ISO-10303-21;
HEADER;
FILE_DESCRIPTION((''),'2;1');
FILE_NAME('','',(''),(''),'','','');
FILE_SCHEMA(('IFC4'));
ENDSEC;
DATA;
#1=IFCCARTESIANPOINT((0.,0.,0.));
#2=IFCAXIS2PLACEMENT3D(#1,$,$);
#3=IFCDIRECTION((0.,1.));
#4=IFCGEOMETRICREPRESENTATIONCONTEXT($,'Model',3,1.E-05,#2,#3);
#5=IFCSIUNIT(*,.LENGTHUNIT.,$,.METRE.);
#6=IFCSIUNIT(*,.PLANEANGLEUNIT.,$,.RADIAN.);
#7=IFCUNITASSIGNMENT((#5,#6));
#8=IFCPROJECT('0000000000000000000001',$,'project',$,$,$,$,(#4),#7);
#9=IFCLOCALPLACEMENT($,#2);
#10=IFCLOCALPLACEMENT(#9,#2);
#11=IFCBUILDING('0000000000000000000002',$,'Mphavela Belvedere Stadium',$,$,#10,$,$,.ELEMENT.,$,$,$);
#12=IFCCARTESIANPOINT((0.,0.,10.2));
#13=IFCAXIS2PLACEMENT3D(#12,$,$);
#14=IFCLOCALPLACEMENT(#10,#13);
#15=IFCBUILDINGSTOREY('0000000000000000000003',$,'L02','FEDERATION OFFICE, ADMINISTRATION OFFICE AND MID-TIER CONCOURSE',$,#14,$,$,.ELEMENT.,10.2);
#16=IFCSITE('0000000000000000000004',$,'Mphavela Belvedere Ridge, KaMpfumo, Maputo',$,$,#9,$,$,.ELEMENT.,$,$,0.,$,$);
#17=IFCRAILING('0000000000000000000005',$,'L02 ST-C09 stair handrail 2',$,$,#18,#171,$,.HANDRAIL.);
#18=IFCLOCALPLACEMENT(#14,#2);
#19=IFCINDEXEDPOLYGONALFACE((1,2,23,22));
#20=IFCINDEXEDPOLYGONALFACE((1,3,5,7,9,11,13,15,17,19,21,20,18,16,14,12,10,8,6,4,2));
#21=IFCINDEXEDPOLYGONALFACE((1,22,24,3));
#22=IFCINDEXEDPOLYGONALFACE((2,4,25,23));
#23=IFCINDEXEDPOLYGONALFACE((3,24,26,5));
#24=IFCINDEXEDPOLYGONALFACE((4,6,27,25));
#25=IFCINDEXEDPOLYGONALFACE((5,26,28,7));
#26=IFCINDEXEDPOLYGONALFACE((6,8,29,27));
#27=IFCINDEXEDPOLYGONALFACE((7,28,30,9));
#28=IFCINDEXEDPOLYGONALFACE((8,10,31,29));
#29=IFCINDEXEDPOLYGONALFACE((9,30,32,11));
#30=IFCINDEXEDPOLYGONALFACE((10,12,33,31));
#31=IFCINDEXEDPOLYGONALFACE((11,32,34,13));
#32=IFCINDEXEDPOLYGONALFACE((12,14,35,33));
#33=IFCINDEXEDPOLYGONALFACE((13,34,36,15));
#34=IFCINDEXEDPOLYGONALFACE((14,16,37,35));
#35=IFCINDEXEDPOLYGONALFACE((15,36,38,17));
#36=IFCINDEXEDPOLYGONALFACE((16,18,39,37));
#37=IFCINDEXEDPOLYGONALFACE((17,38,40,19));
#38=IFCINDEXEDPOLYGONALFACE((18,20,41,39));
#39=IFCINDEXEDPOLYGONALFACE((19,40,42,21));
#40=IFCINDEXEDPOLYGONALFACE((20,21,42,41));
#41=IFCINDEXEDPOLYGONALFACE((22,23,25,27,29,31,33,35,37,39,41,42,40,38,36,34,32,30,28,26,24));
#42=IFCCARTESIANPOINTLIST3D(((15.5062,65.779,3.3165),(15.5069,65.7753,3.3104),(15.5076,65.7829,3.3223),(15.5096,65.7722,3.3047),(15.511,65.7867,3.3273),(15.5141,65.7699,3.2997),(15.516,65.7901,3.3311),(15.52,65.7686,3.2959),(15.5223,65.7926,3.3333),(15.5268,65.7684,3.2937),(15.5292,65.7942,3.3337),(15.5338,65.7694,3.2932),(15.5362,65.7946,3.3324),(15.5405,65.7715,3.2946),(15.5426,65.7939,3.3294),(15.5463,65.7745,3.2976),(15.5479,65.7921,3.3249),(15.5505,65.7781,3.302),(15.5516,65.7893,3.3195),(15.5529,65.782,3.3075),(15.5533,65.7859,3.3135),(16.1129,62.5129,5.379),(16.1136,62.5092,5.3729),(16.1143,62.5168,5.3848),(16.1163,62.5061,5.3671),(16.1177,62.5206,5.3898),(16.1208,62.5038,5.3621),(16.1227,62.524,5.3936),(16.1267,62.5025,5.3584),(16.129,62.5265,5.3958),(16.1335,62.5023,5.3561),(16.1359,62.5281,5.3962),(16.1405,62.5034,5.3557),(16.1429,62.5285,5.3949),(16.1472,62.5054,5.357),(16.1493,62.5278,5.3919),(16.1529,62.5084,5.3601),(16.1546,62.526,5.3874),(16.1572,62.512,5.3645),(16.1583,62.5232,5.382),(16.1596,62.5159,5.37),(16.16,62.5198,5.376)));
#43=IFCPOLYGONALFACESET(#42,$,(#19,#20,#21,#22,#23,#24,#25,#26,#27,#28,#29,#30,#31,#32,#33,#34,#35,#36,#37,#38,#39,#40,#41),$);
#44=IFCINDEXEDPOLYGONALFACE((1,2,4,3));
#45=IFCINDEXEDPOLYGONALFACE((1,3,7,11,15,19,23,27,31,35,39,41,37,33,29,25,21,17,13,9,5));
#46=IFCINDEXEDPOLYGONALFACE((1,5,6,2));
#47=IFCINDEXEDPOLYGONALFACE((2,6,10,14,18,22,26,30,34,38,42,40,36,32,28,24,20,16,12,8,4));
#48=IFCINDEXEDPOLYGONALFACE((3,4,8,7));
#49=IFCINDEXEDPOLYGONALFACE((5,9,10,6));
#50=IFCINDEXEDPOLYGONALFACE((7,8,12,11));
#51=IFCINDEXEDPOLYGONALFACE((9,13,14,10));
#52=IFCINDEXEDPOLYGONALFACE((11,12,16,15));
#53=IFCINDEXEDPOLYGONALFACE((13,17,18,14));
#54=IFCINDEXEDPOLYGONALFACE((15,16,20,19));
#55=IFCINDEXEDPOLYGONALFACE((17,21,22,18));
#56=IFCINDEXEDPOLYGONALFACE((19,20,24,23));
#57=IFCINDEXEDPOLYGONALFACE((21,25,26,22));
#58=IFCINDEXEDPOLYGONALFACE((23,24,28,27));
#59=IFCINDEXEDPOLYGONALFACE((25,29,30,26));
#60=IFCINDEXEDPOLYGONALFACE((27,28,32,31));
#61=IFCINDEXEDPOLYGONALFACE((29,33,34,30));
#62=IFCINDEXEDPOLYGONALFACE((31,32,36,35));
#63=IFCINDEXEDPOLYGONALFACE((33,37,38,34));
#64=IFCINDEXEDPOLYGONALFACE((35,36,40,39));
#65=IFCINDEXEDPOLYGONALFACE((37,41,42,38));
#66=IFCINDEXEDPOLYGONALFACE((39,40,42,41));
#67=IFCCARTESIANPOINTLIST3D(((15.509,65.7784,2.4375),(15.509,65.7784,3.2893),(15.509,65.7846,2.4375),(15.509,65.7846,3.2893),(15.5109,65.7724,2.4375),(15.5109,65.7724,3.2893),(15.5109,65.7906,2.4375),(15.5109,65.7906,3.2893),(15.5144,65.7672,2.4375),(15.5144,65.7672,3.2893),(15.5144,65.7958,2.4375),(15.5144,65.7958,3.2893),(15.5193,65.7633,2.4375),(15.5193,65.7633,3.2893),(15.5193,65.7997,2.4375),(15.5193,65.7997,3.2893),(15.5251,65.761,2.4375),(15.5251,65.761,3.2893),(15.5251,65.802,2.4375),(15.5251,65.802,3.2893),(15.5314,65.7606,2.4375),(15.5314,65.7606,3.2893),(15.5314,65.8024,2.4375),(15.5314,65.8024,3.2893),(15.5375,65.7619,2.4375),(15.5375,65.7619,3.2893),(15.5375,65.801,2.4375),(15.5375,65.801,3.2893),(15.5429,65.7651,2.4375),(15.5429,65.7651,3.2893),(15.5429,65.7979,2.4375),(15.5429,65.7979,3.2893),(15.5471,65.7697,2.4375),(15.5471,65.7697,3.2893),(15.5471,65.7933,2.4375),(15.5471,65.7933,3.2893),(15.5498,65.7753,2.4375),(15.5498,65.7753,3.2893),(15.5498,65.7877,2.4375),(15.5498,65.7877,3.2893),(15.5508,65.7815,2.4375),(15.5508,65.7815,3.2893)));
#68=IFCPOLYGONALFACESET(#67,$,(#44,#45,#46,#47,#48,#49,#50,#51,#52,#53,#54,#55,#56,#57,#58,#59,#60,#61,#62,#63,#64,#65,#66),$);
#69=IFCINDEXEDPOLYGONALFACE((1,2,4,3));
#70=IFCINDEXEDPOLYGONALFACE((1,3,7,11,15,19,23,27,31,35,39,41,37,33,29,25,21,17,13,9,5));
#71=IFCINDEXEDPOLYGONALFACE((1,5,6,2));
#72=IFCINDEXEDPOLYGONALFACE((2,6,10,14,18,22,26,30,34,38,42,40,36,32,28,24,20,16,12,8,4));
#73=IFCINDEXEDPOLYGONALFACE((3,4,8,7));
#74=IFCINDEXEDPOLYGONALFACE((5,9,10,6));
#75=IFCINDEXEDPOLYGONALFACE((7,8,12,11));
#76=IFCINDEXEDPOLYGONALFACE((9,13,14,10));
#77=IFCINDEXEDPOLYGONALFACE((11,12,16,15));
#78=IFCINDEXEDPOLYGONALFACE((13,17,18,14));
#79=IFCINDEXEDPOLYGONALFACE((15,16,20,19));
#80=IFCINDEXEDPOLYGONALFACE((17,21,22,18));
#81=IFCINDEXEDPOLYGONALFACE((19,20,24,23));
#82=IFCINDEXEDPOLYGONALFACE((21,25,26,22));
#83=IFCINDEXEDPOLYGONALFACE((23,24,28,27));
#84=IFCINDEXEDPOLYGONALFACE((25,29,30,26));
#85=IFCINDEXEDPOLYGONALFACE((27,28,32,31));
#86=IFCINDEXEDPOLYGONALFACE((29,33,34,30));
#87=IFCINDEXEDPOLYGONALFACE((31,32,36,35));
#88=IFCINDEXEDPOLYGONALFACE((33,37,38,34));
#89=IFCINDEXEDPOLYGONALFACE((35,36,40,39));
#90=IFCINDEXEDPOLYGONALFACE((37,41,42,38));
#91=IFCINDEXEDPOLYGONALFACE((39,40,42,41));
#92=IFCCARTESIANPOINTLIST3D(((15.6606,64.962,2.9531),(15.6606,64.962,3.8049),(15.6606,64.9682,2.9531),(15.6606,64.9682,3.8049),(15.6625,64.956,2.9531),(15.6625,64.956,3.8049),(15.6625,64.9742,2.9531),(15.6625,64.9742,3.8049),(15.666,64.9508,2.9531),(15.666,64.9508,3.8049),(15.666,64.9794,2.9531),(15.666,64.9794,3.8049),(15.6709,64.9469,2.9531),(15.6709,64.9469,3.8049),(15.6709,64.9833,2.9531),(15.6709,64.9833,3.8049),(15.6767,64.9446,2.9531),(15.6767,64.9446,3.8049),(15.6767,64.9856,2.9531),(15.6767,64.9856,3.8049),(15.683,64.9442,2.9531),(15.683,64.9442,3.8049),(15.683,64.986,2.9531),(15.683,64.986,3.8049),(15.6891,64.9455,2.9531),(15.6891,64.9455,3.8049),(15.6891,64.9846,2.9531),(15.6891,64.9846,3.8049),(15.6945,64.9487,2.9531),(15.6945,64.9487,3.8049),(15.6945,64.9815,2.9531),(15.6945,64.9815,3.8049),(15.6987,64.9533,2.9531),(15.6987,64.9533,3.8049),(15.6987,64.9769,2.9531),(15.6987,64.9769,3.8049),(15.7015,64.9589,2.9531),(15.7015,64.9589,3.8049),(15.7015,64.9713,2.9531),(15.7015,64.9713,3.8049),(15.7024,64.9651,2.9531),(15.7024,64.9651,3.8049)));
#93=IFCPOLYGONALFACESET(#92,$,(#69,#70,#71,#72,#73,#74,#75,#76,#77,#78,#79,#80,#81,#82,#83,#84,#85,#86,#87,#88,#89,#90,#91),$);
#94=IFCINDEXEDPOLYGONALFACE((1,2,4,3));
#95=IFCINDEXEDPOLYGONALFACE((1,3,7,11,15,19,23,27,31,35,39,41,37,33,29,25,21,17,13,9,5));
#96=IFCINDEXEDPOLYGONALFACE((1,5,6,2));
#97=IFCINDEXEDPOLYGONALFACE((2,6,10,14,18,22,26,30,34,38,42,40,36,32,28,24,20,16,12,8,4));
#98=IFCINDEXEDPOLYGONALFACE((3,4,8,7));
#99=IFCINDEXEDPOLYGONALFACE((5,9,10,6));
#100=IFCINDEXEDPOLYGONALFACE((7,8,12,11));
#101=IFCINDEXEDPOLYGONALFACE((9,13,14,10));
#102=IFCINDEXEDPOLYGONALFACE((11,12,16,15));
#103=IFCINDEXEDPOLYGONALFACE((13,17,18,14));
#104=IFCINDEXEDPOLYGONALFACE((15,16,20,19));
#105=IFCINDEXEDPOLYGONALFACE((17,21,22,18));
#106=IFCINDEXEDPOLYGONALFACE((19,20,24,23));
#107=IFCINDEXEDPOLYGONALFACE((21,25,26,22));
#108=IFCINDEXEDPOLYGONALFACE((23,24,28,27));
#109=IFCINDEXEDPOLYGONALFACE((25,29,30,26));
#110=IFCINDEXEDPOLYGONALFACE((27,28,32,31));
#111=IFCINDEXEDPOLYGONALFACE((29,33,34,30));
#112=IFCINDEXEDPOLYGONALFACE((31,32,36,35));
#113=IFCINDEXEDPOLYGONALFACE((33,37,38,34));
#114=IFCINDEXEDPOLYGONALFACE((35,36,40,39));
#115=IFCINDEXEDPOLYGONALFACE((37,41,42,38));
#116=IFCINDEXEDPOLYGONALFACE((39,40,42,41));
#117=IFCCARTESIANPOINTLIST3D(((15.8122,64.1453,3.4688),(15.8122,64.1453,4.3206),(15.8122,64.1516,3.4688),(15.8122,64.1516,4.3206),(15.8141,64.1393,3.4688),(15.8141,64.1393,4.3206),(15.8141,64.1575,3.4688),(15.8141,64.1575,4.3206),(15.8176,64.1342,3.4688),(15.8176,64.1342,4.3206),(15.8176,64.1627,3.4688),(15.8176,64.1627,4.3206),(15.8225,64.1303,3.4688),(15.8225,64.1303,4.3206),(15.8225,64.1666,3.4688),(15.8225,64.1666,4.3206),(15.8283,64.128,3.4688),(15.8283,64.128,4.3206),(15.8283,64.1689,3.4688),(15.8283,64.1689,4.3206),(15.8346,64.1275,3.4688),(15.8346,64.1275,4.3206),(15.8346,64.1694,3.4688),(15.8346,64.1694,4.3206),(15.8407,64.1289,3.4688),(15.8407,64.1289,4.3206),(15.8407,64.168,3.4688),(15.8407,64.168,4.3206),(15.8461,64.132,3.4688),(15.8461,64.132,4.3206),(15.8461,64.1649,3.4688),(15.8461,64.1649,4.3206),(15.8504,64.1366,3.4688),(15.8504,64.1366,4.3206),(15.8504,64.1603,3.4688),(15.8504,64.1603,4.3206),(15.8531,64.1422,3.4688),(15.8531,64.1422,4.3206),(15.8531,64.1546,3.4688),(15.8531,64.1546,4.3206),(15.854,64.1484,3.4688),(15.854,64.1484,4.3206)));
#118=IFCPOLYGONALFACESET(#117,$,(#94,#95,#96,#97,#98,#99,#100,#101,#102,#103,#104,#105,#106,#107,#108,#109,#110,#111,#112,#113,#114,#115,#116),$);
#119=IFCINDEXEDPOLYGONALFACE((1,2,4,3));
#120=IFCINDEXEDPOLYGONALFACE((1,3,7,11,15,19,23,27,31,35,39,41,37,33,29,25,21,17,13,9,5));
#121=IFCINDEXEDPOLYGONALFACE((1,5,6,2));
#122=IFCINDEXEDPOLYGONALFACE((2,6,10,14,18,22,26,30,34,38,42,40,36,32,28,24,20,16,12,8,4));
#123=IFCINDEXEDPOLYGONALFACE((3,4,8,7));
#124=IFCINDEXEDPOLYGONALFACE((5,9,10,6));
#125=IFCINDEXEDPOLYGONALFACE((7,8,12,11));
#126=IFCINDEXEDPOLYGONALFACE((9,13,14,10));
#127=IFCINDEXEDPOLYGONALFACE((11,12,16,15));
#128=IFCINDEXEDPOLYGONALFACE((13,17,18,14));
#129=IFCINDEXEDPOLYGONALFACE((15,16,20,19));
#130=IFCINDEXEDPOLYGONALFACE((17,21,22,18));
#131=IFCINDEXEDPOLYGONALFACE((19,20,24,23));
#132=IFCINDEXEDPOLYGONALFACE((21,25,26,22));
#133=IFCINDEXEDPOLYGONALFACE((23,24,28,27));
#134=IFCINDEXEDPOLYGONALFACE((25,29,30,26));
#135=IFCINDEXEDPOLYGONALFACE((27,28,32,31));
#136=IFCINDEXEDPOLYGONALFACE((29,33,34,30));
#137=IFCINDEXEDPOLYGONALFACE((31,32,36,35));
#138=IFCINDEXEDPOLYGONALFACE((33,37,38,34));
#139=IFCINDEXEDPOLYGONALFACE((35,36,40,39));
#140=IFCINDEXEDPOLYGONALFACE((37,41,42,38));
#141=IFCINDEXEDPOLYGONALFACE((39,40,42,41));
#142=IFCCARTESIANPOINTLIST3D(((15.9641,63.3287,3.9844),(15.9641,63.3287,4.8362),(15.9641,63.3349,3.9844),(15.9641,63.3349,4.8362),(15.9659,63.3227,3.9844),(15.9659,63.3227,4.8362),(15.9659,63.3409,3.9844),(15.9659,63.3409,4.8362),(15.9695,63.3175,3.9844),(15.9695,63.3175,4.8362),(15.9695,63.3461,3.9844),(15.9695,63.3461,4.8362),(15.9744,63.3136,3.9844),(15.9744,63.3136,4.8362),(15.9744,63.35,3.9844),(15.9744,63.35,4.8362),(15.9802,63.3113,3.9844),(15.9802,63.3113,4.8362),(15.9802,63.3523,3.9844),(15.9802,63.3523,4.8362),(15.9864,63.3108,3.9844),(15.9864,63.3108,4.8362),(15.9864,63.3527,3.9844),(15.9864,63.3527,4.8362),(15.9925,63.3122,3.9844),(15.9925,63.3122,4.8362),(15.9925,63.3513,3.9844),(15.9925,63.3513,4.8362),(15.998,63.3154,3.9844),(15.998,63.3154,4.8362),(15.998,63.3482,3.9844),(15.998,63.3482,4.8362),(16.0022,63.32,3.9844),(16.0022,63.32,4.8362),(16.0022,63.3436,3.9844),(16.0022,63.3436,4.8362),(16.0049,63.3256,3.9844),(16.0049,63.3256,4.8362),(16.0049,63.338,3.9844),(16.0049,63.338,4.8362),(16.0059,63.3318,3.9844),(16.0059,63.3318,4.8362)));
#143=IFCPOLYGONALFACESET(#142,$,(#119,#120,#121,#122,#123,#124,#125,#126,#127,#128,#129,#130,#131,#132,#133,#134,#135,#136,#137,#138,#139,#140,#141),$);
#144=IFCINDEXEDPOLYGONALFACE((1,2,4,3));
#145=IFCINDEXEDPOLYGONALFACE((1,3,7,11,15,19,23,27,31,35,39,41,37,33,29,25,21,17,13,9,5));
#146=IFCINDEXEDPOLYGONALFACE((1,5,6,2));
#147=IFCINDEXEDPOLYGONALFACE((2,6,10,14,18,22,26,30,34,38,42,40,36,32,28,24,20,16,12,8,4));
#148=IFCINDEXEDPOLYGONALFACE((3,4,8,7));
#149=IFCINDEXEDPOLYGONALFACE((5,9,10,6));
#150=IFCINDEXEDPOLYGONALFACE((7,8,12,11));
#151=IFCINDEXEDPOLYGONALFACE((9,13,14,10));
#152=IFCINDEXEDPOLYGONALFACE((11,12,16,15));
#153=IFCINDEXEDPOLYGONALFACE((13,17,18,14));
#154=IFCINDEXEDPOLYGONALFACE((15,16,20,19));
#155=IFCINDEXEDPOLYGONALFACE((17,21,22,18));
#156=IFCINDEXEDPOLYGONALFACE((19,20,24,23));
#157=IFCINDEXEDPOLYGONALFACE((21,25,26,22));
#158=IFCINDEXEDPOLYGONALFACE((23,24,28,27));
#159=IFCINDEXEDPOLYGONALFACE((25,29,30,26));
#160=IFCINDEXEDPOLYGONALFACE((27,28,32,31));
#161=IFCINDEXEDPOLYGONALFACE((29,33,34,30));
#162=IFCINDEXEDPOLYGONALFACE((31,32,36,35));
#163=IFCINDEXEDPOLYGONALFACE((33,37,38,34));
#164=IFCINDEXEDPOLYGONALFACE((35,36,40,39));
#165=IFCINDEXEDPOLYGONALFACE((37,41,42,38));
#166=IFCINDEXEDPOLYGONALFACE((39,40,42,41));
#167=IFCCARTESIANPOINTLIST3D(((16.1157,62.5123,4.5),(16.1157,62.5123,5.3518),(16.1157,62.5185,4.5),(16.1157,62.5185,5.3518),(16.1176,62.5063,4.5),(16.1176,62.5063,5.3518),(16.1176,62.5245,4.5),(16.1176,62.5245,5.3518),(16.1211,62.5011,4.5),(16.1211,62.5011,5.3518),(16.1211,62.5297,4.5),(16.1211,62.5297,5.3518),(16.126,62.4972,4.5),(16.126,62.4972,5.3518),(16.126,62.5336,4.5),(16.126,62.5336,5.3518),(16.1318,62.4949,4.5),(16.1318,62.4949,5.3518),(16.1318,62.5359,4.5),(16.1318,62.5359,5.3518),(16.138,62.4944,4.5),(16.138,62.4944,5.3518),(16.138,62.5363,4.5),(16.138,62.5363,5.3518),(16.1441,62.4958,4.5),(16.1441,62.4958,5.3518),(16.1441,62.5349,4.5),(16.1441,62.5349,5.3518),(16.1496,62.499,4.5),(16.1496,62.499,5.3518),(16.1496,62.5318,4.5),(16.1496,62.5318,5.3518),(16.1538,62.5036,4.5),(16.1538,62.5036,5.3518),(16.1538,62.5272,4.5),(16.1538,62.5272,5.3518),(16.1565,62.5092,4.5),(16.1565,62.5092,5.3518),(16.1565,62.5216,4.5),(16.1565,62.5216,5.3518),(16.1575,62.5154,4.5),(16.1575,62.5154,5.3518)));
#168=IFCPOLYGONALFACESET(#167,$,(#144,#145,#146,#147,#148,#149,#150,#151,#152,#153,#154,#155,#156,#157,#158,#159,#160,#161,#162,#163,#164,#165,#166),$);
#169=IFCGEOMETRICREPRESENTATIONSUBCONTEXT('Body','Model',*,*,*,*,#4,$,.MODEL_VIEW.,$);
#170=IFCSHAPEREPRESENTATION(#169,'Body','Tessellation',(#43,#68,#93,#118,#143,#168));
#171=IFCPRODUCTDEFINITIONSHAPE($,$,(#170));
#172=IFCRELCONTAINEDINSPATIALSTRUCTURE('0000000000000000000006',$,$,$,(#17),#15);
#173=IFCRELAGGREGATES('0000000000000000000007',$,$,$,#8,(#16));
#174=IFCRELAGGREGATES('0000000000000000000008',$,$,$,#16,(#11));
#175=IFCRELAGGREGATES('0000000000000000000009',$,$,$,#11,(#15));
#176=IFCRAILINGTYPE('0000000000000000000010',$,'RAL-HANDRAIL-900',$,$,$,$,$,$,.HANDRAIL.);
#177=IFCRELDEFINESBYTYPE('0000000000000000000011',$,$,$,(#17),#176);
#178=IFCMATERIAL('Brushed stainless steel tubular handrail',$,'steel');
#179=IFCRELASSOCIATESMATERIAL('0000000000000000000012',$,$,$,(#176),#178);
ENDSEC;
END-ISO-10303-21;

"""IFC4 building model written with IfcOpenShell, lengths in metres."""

from ifc_helpers import new_model, si_unit, direction, frame, origin, origin_2d, place, context, subcontext, project, spatial, circle, extrude, material, type_object, element, save


model = new_model("IFC4")

# Units and contexts
model_context = context("Model", 3, precision=1e-05, world=origin(), true_north=direction((0.0, 1.0)))
body_context = subcontext(model_context, "Body", "Model", "MODEL_VIEW")
ifc_project = project(units=[si_unit("LENGTHUNIT", "METRE"), si_unit("PLANEANGLEUNIT", "RADIAN")], contexts=[model_context])

# Site, building, storey
site_placement = place(None, origin())
site = spatial("IfcSite", under=ifc_project, at=site_placement, Name="Mphavela Belvedere Ridge, KaMpfumo, Maputo", CompositionType="ELEMENT", RefElevation=0.0)
building_placement = place(site_placement, origin())
building = spatial("IfcBuilding", under=site, at=building_placement, Name="Mphavela Belvedere Stadium", CompositionType="ELEMENT")
storey_placement = place(building_placement, frame((0.0, 0.0, 10.2)))
storey = spatial("IfcBuildingStorey", under=building, at=storey_placement, Name="L02", Description="FEDERATION OFFICE, ADMINISTRATION OFFICE AND MID-TIER CONCOURSE", CompositionType="ELEMENT", Elevation=10.2)

# Railing
ifc_material_1 = material(Name="Brushed stainless steel tubular handrail", Category="steel")
railing_type_1 = type_object("IfcRailingType", Name="RAL-HANDRAIL-900", PredefinedType="HANDRAIL", material=ifc_material_1)
railing_1_placement = place(storey_placement, frame((15.5298, 65.7815, 2.4375)))
element("IfcRailing", 1, at=railing_1_placement, inside=storey, type_object=railing_type_1, Name="L02 ST-C09 stair handrail 2", PredefinedType="HANDRAIL", context=body_context, shape_type="SweptSolid", body=[
    extrude(circle(Radius=0.0239, at=origin_2d()), frame((0.0, 0.0, 0.876), z_axis=(0.155157, -0.835286, 0.52747), x_axis=(0.983182, 0.182629, 0.0)), (0.0, 0.0, 1.0), 3.9102),
    extrude(circle(Radius=0.021, at=origin_2d()), origin(), (0.0, 0.0, 1.0), 0.8518),
    extrude(circle(Radius=0.021, at=origin_2d()), frame((0.1516, -0.8164, 0.5156)), (0.0, 0.0, 1.0), 0.8518),
    extrude(circle(Radius=0.021, at=origin_2d()), frame((0.3032, -1.6331, 1.0312)), (0.0, 0.0, 1.0), 0.8518),
    extrude(circle(Radius=0.021, at=origin_2d()), frame((0.4551, -2.4497, 1.5469)), (0.0, 0.0, 1.0), 0.8518),
    extrude(circle(Radius=0.021, at=origin_2d()), frame((0.6067, -3.2661, 2.0625)), (0.0, 0.0, 1.0), 0.8518),
])

save(model, "model.ifc")
